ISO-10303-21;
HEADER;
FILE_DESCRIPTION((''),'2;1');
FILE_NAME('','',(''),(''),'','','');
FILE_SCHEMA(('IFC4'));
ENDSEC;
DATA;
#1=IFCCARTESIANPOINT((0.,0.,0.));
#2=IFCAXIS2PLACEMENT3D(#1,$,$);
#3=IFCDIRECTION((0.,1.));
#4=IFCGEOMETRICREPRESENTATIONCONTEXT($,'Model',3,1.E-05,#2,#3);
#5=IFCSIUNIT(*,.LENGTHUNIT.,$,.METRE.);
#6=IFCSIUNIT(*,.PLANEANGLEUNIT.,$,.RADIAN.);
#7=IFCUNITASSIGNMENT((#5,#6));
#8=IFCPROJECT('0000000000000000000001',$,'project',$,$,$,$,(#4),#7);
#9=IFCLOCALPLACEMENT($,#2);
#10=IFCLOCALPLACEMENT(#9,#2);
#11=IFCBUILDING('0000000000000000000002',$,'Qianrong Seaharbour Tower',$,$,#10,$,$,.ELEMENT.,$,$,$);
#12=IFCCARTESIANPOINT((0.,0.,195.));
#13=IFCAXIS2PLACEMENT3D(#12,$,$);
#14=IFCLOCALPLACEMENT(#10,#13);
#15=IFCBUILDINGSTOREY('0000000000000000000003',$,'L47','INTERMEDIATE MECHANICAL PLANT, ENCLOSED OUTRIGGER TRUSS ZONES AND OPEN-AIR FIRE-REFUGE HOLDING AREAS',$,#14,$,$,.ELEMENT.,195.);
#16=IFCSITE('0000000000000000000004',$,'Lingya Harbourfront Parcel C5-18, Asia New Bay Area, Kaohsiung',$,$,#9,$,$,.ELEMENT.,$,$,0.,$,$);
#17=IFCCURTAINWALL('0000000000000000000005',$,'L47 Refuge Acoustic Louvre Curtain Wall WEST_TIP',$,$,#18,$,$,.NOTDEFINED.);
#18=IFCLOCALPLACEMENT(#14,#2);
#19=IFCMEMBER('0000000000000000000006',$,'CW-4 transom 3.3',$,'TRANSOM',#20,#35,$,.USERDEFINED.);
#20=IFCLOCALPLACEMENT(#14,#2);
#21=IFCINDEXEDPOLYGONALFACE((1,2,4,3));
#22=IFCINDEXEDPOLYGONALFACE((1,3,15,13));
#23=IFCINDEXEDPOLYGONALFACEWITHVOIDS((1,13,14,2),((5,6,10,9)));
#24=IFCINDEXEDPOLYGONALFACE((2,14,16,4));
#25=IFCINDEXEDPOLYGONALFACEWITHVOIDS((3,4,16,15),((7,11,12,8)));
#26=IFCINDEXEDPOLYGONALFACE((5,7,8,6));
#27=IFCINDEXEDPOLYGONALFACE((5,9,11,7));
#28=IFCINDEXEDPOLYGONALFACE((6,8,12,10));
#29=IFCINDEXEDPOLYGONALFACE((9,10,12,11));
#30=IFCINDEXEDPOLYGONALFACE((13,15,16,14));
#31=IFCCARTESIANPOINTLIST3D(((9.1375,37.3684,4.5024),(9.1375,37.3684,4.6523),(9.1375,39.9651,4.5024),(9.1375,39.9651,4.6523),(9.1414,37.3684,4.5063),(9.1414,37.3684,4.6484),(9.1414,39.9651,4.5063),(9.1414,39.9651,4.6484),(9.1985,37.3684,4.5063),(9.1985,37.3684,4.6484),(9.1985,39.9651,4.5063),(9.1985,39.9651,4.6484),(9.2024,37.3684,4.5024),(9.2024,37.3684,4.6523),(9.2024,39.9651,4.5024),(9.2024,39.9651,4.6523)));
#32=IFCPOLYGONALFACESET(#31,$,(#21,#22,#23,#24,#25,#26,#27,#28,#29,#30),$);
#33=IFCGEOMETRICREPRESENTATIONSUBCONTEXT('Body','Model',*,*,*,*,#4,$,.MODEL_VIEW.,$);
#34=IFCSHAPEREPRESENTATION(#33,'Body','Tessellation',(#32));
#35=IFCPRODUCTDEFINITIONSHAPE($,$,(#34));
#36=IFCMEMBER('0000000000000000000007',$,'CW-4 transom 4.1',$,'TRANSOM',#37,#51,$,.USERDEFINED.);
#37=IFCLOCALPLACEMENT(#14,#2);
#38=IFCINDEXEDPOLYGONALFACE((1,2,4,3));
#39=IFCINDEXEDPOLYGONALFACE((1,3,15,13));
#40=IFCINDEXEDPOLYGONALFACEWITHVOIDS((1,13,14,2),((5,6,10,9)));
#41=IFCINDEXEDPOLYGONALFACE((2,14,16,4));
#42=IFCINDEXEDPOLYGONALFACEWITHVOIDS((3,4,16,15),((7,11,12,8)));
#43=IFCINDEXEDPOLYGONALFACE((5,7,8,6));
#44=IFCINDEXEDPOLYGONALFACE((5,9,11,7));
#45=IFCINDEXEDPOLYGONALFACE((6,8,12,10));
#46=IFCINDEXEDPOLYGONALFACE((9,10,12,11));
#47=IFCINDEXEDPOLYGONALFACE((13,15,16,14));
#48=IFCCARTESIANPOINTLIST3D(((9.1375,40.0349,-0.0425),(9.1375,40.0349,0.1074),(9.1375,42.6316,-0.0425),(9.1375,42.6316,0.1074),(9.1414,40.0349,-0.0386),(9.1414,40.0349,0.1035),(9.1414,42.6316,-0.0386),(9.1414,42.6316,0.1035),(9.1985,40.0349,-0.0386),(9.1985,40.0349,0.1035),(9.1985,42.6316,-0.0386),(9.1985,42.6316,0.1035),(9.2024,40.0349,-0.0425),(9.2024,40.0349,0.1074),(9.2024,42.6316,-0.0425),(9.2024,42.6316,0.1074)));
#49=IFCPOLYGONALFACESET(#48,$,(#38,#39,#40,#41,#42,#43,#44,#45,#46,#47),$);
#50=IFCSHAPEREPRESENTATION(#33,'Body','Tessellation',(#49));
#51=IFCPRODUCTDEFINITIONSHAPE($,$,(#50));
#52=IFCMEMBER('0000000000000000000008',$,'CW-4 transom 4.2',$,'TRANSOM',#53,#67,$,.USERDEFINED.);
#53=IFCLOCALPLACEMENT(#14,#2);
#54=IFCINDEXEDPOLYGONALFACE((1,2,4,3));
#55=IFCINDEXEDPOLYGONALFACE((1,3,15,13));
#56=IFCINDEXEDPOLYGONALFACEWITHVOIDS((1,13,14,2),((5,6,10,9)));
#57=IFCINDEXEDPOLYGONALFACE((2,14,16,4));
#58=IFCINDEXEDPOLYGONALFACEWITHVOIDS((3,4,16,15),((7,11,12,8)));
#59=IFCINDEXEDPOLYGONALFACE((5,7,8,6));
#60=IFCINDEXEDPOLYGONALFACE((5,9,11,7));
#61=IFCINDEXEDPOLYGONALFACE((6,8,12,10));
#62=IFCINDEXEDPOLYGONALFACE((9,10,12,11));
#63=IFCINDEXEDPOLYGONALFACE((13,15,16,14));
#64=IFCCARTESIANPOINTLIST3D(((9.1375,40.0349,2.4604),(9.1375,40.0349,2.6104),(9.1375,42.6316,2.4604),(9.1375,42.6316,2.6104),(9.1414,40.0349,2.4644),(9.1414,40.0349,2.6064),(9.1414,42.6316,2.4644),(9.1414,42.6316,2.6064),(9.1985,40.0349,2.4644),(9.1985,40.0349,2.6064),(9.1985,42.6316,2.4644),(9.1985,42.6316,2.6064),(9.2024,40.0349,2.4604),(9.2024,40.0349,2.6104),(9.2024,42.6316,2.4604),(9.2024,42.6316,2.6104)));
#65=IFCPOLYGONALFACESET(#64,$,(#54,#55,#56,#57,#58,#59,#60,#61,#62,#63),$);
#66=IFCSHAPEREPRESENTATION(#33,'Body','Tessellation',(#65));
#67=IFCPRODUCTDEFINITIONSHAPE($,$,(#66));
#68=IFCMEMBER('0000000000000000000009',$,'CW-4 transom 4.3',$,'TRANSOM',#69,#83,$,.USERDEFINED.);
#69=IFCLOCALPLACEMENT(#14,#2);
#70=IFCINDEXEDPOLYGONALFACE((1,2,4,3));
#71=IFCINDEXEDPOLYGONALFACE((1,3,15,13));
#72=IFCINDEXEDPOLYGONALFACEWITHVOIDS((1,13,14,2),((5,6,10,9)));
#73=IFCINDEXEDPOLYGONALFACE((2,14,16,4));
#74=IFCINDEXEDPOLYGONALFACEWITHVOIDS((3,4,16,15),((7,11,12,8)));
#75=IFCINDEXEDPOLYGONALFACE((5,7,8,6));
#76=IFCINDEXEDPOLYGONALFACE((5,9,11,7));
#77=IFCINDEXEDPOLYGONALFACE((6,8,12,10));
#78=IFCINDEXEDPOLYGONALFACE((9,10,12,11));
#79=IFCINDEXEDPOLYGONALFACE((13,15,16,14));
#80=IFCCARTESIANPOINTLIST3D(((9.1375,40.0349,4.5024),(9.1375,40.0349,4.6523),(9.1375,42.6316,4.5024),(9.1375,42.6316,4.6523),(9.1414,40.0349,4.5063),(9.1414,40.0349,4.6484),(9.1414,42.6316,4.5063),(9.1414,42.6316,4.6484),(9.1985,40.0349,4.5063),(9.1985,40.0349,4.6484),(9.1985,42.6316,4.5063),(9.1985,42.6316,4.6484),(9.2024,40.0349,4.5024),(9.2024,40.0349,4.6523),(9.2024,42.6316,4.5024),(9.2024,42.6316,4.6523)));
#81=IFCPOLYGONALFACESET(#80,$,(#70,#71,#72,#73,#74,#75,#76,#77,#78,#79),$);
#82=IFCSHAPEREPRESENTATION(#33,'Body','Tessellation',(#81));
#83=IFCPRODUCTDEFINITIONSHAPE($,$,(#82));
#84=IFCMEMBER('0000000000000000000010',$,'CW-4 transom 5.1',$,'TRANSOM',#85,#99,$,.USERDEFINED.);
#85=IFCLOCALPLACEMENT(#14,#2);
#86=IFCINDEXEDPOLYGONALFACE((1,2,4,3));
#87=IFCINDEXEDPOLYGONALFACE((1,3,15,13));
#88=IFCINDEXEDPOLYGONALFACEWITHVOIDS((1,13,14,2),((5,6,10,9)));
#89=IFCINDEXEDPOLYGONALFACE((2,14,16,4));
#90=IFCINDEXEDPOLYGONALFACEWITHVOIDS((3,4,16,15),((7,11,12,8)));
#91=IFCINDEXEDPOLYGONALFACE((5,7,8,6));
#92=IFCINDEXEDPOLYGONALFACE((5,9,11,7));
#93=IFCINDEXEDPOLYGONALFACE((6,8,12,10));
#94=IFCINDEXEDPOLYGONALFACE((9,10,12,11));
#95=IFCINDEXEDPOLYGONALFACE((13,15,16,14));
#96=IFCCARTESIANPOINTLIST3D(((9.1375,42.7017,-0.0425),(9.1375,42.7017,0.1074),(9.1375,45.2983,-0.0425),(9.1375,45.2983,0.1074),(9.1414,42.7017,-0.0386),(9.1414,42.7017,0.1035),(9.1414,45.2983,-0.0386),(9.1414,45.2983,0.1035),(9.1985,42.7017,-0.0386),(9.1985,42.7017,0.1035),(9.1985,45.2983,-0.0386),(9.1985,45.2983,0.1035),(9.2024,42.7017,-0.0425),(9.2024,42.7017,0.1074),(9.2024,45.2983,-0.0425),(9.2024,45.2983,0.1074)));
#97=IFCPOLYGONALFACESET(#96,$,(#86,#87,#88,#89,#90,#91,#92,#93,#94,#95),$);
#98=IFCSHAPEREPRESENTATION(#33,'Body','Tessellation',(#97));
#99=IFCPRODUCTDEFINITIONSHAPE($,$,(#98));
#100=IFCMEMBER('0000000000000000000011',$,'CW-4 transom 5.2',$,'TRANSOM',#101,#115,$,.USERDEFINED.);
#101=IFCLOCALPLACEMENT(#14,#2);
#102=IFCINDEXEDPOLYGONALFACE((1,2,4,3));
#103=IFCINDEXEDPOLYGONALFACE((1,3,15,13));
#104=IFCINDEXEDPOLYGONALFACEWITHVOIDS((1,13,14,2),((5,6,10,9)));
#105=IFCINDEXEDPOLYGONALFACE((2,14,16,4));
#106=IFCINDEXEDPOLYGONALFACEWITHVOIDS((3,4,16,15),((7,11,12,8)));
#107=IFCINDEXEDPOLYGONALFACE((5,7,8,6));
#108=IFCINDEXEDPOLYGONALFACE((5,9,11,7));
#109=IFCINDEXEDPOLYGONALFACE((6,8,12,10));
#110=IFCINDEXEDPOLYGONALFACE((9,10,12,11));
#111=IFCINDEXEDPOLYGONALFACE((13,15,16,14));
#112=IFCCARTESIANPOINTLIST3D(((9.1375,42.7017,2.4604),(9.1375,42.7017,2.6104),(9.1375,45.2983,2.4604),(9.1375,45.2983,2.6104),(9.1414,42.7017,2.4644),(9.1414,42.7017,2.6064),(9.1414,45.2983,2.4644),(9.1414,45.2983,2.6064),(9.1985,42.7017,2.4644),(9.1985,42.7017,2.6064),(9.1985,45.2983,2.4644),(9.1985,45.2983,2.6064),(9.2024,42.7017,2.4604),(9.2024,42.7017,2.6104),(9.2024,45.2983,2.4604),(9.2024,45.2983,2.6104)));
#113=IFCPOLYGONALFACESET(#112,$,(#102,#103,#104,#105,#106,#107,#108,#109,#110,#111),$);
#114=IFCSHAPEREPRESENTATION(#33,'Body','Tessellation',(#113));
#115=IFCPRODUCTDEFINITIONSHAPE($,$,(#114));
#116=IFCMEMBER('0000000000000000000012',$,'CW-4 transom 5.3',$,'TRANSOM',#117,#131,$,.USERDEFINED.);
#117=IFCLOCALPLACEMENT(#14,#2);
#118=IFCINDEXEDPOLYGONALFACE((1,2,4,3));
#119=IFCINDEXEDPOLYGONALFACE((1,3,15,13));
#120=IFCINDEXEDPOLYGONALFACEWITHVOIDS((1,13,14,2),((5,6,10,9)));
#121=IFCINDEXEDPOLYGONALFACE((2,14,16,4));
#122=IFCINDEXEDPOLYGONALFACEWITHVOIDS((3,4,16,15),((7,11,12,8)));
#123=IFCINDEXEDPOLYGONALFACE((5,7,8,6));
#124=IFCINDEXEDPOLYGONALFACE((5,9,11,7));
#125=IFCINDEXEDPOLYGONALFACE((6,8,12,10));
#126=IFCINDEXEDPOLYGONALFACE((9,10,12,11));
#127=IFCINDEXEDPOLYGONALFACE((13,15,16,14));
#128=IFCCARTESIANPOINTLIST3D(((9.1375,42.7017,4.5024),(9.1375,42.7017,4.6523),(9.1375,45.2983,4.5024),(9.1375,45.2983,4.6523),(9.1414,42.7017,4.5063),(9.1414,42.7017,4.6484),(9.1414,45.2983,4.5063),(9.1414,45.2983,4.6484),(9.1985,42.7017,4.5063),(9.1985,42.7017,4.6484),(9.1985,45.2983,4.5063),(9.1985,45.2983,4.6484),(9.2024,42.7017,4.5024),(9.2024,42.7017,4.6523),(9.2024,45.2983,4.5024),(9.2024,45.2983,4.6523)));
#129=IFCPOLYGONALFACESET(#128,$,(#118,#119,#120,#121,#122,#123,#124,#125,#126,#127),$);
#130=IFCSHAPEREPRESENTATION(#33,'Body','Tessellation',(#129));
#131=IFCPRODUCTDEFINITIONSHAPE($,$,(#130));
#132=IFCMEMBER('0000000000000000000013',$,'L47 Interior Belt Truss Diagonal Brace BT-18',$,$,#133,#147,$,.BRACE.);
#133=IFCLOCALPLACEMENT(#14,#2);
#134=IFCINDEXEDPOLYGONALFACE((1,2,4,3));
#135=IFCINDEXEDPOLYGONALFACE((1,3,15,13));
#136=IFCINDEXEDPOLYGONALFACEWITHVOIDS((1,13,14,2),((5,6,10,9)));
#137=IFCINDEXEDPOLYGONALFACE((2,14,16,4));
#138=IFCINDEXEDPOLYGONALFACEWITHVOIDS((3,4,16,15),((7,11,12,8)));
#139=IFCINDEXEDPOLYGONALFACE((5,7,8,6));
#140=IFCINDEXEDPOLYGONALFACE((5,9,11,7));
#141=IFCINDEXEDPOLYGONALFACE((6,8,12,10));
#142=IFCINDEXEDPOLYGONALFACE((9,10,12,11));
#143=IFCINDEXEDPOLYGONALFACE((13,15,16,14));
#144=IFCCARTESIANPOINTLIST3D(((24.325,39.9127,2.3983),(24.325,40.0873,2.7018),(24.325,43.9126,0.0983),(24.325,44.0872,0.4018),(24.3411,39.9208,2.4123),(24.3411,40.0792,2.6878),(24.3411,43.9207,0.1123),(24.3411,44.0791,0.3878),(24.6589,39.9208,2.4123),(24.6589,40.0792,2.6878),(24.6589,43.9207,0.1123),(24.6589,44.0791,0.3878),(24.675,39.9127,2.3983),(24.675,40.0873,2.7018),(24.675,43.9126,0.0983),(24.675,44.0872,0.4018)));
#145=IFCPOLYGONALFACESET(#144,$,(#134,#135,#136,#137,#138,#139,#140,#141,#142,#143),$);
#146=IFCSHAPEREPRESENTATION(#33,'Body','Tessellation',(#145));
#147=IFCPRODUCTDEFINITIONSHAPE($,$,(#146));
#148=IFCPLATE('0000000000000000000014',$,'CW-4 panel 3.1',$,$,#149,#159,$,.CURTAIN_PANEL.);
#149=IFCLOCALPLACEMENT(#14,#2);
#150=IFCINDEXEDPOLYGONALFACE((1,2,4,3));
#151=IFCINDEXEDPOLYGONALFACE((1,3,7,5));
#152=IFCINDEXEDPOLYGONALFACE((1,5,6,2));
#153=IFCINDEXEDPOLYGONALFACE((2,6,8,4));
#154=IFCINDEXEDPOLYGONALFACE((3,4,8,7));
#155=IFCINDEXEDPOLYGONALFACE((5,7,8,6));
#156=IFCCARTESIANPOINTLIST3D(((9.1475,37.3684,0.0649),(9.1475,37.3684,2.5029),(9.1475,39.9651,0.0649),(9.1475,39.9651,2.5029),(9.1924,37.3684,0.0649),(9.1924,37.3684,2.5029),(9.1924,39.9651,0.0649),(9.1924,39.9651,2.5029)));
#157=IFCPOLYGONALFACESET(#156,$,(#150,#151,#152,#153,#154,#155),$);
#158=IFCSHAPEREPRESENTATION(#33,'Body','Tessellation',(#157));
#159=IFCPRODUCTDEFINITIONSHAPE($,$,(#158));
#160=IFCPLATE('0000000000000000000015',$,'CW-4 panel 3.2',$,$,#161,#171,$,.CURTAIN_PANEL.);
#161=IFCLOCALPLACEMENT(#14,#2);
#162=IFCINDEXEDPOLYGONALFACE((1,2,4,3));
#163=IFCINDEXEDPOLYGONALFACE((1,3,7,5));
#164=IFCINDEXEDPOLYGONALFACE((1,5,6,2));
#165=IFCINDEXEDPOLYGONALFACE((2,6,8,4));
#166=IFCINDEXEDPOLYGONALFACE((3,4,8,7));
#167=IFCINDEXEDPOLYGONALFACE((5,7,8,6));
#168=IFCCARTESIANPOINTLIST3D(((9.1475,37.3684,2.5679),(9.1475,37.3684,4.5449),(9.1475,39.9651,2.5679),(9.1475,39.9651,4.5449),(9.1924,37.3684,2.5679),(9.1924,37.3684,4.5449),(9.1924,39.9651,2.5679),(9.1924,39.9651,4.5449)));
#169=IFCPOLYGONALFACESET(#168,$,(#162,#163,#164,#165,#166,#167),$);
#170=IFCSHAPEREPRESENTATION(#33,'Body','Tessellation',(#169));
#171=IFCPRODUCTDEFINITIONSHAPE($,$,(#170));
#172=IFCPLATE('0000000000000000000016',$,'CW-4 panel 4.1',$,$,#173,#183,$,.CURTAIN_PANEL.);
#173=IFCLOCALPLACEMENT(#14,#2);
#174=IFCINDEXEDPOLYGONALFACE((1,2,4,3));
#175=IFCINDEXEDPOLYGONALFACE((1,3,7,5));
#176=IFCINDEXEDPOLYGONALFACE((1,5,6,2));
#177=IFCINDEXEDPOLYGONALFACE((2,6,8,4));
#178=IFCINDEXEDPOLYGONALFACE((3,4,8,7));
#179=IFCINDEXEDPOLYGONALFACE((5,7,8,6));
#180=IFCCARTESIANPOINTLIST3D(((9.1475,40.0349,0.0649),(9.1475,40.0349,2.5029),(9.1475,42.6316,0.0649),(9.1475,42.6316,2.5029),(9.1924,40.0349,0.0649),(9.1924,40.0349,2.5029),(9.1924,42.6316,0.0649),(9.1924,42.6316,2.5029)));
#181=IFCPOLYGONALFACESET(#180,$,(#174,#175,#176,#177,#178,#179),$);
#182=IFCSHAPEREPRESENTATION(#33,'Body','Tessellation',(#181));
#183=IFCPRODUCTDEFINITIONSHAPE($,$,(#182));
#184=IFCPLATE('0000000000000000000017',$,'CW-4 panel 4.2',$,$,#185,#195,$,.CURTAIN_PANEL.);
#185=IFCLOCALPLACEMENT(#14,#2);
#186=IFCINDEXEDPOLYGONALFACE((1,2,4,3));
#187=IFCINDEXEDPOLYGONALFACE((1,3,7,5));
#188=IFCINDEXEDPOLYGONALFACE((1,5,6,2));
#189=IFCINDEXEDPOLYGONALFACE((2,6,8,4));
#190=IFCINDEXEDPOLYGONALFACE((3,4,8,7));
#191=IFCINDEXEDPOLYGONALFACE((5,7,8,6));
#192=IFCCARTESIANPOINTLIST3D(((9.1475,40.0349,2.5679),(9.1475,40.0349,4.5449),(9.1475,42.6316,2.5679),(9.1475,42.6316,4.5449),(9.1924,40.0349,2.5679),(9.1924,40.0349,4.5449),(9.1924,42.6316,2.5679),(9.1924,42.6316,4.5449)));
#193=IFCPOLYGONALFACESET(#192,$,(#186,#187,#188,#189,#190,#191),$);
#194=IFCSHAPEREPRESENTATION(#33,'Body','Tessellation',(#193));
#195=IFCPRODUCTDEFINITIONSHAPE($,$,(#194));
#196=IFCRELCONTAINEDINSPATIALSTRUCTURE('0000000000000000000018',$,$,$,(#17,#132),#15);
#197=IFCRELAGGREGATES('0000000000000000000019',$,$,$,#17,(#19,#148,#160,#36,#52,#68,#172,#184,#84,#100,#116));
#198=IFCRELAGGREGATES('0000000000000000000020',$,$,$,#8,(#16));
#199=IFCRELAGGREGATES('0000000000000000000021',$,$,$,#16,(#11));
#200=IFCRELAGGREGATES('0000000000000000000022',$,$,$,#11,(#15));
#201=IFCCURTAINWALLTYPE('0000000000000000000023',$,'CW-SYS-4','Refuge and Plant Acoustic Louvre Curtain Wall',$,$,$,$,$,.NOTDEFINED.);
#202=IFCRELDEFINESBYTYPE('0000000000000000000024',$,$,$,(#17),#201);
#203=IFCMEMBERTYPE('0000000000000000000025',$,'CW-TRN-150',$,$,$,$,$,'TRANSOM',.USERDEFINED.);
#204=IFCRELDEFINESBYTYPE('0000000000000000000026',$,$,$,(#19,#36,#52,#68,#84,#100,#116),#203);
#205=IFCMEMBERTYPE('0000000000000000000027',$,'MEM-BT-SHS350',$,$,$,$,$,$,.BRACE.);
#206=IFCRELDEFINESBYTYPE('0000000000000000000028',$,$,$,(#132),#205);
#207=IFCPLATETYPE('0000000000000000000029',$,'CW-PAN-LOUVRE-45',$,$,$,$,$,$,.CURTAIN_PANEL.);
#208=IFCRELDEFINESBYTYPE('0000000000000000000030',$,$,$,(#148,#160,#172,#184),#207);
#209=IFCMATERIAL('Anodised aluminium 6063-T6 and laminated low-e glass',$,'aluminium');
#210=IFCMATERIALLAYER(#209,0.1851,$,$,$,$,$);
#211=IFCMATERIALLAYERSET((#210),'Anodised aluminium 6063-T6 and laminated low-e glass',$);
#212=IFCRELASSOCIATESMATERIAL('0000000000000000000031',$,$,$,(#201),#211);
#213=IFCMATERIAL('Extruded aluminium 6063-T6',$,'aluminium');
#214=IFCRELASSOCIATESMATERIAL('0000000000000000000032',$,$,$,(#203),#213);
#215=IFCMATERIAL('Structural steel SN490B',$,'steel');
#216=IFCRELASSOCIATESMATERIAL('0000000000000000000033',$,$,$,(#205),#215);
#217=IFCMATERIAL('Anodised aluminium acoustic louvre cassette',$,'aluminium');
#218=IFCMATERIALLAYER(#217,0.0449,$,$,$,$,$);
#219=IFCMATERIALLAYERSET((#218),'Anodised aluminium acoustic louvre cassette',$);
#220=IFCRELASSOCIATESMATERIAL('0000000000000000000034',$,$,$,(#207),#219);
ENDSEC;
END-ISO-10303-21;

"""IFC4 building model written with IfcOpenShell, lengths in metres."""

from ifc_helpers import new_model, si_unit, direction, frame, origin, origin_2d, place, context, subcontext, project, spatial, rectangle, hollow_rectangle, extrude, material, layer, layer_set, material_profile, profile_set, type_object, element, aggregate, save


model = new_model("IFC4")

# Units and contexts
model_context = context("Model", 3, precision=1e-05, world=origin(), true_north=direction((0.0, 1.0)))
body_context = subcontext(model_context, "Body", "Model", "MODEL_VIEW")
ifc_project = project(units=[si_unit("LENGTHUNIT", "METRE"), si_unit("PLANEANGLEUNIT", "RADIAN")], contexts=[model_context])

# Site, building, storey
site_placement = place(None, origin())
site = spatial("IfcSite", under=ifc_project, at=site_placement, Name="Lingya Harbourfront Parcel C5-18, Asia New Bay Area, Kaohsiung", CompositionType="ELEMENT", RefElevation=0.0)
building_placement = place(site_placement, origin())
building = spatial("IfcBuilding", under=site, at=building_placement, Name="Qianrong Seaharbour Tower", CompositionType="ELEMENT")
storey_placement = place(building_placement, frame((0.0, 0.0, 195.0)))
storey = spatial("IfcBuildingStorey", under=building, at=storey_placement, Name="L47", Description="INTERMEDIATE MECHANICAL PLANT, ENCLOSED OUTRIGGER TRUSS ZONES AND OPEN-AIR FIRE-REFUGE HOLDING AREAS", CompositionType="ELEMENT", Elevation=195.0)

# Shared definitions
ifc_material_1 = material(Name="Structural steel SN490B", Category="steel")

# Curtain wall, members
ifc_material_2 = material(Name="Anodised aluminium 6063-T6 and laminated low-e glass", Category="aluminium")
ifc_layer_1 = layer(ifc_material_2, 0.1851)
ifc_layer_set_1 = layer_set([ifc_layer_1], Name="Anodised aluminium 6063-T6 and laminated low-e glass")
curtain_wall_type = type_object("IfcCurtainWallType", Name="CW-SYS-4", Description="Refuge and Plant Acoustic Louvre Curtain Wall", PredefinedType="NOTDEFINED", material=ifc_layer_set_1)
curtain_wall_placement = place(storey_placement, origin())
curtain_wall = element("IfcCurtainWall", 1, at=curtain_wall_placement, inside=storey, type_object=curtain_wall_type, Name="L47 Refuge Acoustic Louvre Curtain Wall WEST_TIP", PredefinedType="NOTDEFINED")
ifc_material_3 = material(Name="Extruded aluminium 6063-T6", Category="aluminium")
ifc_material_profile_1 = material_profile(ifc_material_3, hollow_rectangle(XDim=0.0649, YDim=0.1499, WallThickness=0.0039, at=origin_2d()), Name="ALU-TRN-150x65x4")
ifc_profile_set_1 = profile_set([ifc_material_profile_1], Name="Extruded aluminium 6063-T6")
member_type_1 = type_object("IfcMemberType", Name="CW-TRN-150", ElementType="TRANSOM", PredefinedType="USERDEFINED", material=ifc_profile_set_1)
member_1_placement = place(storey_placement, frame((9.1699, 37.3684, 4.5774), z_axis=(0.0, 1.0, 0.0), x_axis=(-1.0, 0.0, 0.0)))
member_1 = element("IfcMember", 2, at=member_1_placement, type_object=member_type_1, Name="CW-4 transom 3.3", ObjectType="TRANSOM", PredefinedType="USERDEFINED", context=body_context, shape_type="SweptSolid", body=[
    extrude(hollow_rectangle(XDim=0.0649, YDim=0.1499, WallThickness=0.0039, at=origin_2d()), origin(), (0.0, 0.0, 1.0), 2.5967),
])
member_2_placement = place(storey_placement, frame((9.1699, 40.0349, 0.0325), z_axis=(0.0, 1.0, 0.0), x_axis=(-1.0, 0.0, 0.0)))
member_2 = element("IfcMember", 3, at=member_2_placement, type_object=member_type_1, Name="CW-4 transom 4.1", ObjectType="TRANSOM", PredefinedType="USERDEFINED", context=body_context, shape_type="SweptSolid", body=[
    extrude(hollow_rectangle(XDim=0.0649, YDim=0.1499, WallThickness=0.0039, at=origin_2d()), origin(), (0.0, 0.0, 1.0), 2.5967),
])
member_3_placement = place(storey_placement, frame((9.1699, 40.0349, 2.5354), z_axis=(0.0, 1.0, 0.0), x_axis=(-1.0, 0.0, 0.0)))
member_3 = element("IfcMember", 4, at=member_3_placement, type_object=member_type_1, Name="CW-4 transom 4.2", ObjectType="TRANSOM", PredefinedType="USERDEFINED", context=body_context, shape_type="SweptSolid", body=[
    extrude(hollow_rectangle(XDim=0.0649, YDim=0.1499, WallThickness=0.0039, at=origin_2d()), origin(), (0.0, 0.0, 1.0), 2.5967),
])
member_4_placement = place(storey_placement, frame((9.1699, 40.0349, 4.5774), z_axis=(0.0, 1.0, 0.0), x_axis=(-1.0, 0.0, 0.0)))
member_4 = element("IfcMember", 5, at=member_4_placement, type_object=member_type_1, Name="CW-4 transom 4.3", ObjectType="TRANSOM", PredefinedType="USERDEFINED", context=body_context, shape_type="SweptSolid", body=[
    extrude(hollow_rectangle(XDim=0.0649, YDim=0.1499, WallThickness=0.0039, at=origin_2d()), origin(), (0.0, 0.0, 1.0), 2.5967),
])
member_5_placement = place(storey_placement, frame((9.1699, 42.7017, 0.0325), z_axis=(0.0, 1.0, 0.0), x_axis=(-1.0, 0.0, 0.0)))
member_5 = element("IfcMember", 6, at=member_5_placement, type_object=member_type_1, Name="CW-4 transom 5.1", ObjectType="TRANSOM", PredefinedType="USERDEFINED", context=body_context, shape_type="SweptSolid", body=[
    extrude(hollow_rectangle(XDim=0.0649, YDim=0.1499, WallThickness=0.0039, at=origin_2d()), origin(), (0.0, 0.0, 1.0), 2.5967),
])
member_6_placement = place(storey_placement, frame((9.1699, 42.7017, 2.5354), z_axis=(0.0, 1.0, 0.0), x_axis=(-1.0, 0.0, 0.0)))
member_6 = element("IfcMember", 7, at=member_6_placement, type_object=member_type_1, Name="CW-4 transom 5.2", ObjectType="TRANSOM", PredefinedType="USERDEFINED", context=body_context, shape_type="SweptSolid", body=[
    extrude(hollow_rectangle(XDim=0.0649, YDim=0.1499, WallThickness=0.0039, at=origin_2d()), origin(), (0.0, 0.0, 1.0), 2.5967),
])
member_7_placement = place(storey_placement, frame((9.1699, 42.7017, 4.5774), z_axis=(0.0, 1.0, 0.0), x_axis=(-1.0, 0.0, 0.0)))
member_7 = element("IfcMember", 8, at=member_7_placement, type_object=member_type_1, Name="CW-4 transom 5.3", ObjectType="TRANSOM", PredefinedType="USERDEFINED", context=body_context, shape_type="SweptSolid", body=[
    extrude(hollow_rectangle(XDim=0.0649, YDim=0.1499, WallThickness=0.0039, at=origin_2d()), origin(), (0.0, 0.0, 1.0), 2.5967),
])

# Member
ifc_material_profile_2 = material_profile(ifc_material_1, hollow_rectangle(XDim=0.3501, YDim=0.3501, WallThickness=0.0161, at=origin_2d()), Name="SHS350x350x16")
ifc_profile_set_2 = profile_set([ifc_material_profile_2], Name="Structural steel SN490B")
member_type_2 = type_object("IfcMemberType", Name="MEM-BT-SHS350", PredefinedType="BRACE", material=ifc_profile_set_2)
member_8_placement = place(storey_placement, frame((24.5, 40.0, 2.55), z_axis=(0.0, 0.866902, -0.498479), x_axis=(-1.0, 0.0, 0.0)))
element("IfcMember", 9, at=member_8_placement, inside=storey, type_object=member_type_2, Name="L47 Interior Belt Truss Diagonal Brace BT-18", PredefinedType="BRACE", context=body_context, shape_type="SweptSolid", body=[
    extrude(hollow_rectangle(XDim=0.3501, YDim=0.3501, WallThickness=0.0161, at=origin_2d()), origin(), (0.0, 0.0, 1.0), 4.614),
])

# Plates
ifc_material_4 = material(Name="Anodised aluminium acoustic louvre cassette", Category="aluminium")
ifc_layer_2 = layer(ifc_material_4, 0.0449)
ifc_layer_set_2 = layer_set([ifc_layer_2], Name="Anodised aluminium acoustic louvre cassette")
plate_type_1 = type_object("IfcPlateType", Name="CW-PAN-LOUVRE-45", PredefinedType="CURTAIN_PANEL", material=ifc_layer_set_2)
plate_1_placement = place(storey_placement, frame((9.1699, 38.6667, 0.0649), z_axis=(0.0, 0.0, 1.0), x_axis=(0.0, 1.0, 0.0)))
plate_1 = element("IfcPlate", 10, at=plate_1_placement, type_object=plate_type_1, Name="CW-4 panel 3.1", PredefinedType="CURTAIN_PANEL", context=body_context, shape_type="SweptSolid", body=[
    extrude(rectangle(XDim=2.5967, YDim=0.0449, at=origin_2d()), origin(), (0.0, 0.0, 1.0), 2.438),
])
plate_2_placement = place(storey_placement, frame((9.1699, 38.6667, 2.5679), z_axis=(0.0, 0.0, 1.0), x_axis=(0.0, 1.0, 0.0)))
plate_2 = element("IfcPlate", 11, at=plate_2_placement, type_object=plate_type_1, Name="CW-4 panel 3.2", PredefinedType="CURTAIN_PANEL", context=body_context, shape_type="SweptSolid", body=[
    extrude(rectangle(XDim=2.5967, YDim=0.0449, at=origin_2d()), origin(), (0.0, 0.0, 1.0), 1.9771),
])
plate_3_placement = place(storey_placement, frame((9.1699, 41.3333, 0.0649), z_axis=(0.0, 0.0, 1.0), x_axis=(0.0, 1.0, 0.0)))
plate_3 = element("IfcPlate", 12, at=plate_3_placement, type_object=plate_type_1, Name="CW-4 panel 4.1", PredefinedType="CURTAIN_PANEL", context=body_context, shape_type="SweptSolid", body=[
    extrude(rectangle(XDim=2.5967, YDim=0.0449, at=origin_2d()), origin(), (0.0, 0.0, 1.0), 2.438),
])
plate_4_placement = place(storey_placement, frame((9.1699, 41.3333, 2.5679), z_axis=(0.0, 0.0, 1.0), x_axis=(0.0, 1.0, 0.0)))
plate_4 = element("IfcPlate", 13, at=plate_4_placement, type_object=plate_type_1, Name="CW-4 panel 4.2", PredefinedType="CURTAIN_PANEL", context=body_context, shape_type="SweptSolid", body=[
    extrude(rectangle(XDim=2.5967, YDim=0.0449, at=origin_2d()), origin(), (0.0, 0.0, 1.0), 1.9771),
])
aggregate(curtain_wall, [member_1, plate_1, plate_2, member_2, member_3, member_4, plate_3, plate_4, member_5, member_6, member_7])

save(model, "model.ifc")
